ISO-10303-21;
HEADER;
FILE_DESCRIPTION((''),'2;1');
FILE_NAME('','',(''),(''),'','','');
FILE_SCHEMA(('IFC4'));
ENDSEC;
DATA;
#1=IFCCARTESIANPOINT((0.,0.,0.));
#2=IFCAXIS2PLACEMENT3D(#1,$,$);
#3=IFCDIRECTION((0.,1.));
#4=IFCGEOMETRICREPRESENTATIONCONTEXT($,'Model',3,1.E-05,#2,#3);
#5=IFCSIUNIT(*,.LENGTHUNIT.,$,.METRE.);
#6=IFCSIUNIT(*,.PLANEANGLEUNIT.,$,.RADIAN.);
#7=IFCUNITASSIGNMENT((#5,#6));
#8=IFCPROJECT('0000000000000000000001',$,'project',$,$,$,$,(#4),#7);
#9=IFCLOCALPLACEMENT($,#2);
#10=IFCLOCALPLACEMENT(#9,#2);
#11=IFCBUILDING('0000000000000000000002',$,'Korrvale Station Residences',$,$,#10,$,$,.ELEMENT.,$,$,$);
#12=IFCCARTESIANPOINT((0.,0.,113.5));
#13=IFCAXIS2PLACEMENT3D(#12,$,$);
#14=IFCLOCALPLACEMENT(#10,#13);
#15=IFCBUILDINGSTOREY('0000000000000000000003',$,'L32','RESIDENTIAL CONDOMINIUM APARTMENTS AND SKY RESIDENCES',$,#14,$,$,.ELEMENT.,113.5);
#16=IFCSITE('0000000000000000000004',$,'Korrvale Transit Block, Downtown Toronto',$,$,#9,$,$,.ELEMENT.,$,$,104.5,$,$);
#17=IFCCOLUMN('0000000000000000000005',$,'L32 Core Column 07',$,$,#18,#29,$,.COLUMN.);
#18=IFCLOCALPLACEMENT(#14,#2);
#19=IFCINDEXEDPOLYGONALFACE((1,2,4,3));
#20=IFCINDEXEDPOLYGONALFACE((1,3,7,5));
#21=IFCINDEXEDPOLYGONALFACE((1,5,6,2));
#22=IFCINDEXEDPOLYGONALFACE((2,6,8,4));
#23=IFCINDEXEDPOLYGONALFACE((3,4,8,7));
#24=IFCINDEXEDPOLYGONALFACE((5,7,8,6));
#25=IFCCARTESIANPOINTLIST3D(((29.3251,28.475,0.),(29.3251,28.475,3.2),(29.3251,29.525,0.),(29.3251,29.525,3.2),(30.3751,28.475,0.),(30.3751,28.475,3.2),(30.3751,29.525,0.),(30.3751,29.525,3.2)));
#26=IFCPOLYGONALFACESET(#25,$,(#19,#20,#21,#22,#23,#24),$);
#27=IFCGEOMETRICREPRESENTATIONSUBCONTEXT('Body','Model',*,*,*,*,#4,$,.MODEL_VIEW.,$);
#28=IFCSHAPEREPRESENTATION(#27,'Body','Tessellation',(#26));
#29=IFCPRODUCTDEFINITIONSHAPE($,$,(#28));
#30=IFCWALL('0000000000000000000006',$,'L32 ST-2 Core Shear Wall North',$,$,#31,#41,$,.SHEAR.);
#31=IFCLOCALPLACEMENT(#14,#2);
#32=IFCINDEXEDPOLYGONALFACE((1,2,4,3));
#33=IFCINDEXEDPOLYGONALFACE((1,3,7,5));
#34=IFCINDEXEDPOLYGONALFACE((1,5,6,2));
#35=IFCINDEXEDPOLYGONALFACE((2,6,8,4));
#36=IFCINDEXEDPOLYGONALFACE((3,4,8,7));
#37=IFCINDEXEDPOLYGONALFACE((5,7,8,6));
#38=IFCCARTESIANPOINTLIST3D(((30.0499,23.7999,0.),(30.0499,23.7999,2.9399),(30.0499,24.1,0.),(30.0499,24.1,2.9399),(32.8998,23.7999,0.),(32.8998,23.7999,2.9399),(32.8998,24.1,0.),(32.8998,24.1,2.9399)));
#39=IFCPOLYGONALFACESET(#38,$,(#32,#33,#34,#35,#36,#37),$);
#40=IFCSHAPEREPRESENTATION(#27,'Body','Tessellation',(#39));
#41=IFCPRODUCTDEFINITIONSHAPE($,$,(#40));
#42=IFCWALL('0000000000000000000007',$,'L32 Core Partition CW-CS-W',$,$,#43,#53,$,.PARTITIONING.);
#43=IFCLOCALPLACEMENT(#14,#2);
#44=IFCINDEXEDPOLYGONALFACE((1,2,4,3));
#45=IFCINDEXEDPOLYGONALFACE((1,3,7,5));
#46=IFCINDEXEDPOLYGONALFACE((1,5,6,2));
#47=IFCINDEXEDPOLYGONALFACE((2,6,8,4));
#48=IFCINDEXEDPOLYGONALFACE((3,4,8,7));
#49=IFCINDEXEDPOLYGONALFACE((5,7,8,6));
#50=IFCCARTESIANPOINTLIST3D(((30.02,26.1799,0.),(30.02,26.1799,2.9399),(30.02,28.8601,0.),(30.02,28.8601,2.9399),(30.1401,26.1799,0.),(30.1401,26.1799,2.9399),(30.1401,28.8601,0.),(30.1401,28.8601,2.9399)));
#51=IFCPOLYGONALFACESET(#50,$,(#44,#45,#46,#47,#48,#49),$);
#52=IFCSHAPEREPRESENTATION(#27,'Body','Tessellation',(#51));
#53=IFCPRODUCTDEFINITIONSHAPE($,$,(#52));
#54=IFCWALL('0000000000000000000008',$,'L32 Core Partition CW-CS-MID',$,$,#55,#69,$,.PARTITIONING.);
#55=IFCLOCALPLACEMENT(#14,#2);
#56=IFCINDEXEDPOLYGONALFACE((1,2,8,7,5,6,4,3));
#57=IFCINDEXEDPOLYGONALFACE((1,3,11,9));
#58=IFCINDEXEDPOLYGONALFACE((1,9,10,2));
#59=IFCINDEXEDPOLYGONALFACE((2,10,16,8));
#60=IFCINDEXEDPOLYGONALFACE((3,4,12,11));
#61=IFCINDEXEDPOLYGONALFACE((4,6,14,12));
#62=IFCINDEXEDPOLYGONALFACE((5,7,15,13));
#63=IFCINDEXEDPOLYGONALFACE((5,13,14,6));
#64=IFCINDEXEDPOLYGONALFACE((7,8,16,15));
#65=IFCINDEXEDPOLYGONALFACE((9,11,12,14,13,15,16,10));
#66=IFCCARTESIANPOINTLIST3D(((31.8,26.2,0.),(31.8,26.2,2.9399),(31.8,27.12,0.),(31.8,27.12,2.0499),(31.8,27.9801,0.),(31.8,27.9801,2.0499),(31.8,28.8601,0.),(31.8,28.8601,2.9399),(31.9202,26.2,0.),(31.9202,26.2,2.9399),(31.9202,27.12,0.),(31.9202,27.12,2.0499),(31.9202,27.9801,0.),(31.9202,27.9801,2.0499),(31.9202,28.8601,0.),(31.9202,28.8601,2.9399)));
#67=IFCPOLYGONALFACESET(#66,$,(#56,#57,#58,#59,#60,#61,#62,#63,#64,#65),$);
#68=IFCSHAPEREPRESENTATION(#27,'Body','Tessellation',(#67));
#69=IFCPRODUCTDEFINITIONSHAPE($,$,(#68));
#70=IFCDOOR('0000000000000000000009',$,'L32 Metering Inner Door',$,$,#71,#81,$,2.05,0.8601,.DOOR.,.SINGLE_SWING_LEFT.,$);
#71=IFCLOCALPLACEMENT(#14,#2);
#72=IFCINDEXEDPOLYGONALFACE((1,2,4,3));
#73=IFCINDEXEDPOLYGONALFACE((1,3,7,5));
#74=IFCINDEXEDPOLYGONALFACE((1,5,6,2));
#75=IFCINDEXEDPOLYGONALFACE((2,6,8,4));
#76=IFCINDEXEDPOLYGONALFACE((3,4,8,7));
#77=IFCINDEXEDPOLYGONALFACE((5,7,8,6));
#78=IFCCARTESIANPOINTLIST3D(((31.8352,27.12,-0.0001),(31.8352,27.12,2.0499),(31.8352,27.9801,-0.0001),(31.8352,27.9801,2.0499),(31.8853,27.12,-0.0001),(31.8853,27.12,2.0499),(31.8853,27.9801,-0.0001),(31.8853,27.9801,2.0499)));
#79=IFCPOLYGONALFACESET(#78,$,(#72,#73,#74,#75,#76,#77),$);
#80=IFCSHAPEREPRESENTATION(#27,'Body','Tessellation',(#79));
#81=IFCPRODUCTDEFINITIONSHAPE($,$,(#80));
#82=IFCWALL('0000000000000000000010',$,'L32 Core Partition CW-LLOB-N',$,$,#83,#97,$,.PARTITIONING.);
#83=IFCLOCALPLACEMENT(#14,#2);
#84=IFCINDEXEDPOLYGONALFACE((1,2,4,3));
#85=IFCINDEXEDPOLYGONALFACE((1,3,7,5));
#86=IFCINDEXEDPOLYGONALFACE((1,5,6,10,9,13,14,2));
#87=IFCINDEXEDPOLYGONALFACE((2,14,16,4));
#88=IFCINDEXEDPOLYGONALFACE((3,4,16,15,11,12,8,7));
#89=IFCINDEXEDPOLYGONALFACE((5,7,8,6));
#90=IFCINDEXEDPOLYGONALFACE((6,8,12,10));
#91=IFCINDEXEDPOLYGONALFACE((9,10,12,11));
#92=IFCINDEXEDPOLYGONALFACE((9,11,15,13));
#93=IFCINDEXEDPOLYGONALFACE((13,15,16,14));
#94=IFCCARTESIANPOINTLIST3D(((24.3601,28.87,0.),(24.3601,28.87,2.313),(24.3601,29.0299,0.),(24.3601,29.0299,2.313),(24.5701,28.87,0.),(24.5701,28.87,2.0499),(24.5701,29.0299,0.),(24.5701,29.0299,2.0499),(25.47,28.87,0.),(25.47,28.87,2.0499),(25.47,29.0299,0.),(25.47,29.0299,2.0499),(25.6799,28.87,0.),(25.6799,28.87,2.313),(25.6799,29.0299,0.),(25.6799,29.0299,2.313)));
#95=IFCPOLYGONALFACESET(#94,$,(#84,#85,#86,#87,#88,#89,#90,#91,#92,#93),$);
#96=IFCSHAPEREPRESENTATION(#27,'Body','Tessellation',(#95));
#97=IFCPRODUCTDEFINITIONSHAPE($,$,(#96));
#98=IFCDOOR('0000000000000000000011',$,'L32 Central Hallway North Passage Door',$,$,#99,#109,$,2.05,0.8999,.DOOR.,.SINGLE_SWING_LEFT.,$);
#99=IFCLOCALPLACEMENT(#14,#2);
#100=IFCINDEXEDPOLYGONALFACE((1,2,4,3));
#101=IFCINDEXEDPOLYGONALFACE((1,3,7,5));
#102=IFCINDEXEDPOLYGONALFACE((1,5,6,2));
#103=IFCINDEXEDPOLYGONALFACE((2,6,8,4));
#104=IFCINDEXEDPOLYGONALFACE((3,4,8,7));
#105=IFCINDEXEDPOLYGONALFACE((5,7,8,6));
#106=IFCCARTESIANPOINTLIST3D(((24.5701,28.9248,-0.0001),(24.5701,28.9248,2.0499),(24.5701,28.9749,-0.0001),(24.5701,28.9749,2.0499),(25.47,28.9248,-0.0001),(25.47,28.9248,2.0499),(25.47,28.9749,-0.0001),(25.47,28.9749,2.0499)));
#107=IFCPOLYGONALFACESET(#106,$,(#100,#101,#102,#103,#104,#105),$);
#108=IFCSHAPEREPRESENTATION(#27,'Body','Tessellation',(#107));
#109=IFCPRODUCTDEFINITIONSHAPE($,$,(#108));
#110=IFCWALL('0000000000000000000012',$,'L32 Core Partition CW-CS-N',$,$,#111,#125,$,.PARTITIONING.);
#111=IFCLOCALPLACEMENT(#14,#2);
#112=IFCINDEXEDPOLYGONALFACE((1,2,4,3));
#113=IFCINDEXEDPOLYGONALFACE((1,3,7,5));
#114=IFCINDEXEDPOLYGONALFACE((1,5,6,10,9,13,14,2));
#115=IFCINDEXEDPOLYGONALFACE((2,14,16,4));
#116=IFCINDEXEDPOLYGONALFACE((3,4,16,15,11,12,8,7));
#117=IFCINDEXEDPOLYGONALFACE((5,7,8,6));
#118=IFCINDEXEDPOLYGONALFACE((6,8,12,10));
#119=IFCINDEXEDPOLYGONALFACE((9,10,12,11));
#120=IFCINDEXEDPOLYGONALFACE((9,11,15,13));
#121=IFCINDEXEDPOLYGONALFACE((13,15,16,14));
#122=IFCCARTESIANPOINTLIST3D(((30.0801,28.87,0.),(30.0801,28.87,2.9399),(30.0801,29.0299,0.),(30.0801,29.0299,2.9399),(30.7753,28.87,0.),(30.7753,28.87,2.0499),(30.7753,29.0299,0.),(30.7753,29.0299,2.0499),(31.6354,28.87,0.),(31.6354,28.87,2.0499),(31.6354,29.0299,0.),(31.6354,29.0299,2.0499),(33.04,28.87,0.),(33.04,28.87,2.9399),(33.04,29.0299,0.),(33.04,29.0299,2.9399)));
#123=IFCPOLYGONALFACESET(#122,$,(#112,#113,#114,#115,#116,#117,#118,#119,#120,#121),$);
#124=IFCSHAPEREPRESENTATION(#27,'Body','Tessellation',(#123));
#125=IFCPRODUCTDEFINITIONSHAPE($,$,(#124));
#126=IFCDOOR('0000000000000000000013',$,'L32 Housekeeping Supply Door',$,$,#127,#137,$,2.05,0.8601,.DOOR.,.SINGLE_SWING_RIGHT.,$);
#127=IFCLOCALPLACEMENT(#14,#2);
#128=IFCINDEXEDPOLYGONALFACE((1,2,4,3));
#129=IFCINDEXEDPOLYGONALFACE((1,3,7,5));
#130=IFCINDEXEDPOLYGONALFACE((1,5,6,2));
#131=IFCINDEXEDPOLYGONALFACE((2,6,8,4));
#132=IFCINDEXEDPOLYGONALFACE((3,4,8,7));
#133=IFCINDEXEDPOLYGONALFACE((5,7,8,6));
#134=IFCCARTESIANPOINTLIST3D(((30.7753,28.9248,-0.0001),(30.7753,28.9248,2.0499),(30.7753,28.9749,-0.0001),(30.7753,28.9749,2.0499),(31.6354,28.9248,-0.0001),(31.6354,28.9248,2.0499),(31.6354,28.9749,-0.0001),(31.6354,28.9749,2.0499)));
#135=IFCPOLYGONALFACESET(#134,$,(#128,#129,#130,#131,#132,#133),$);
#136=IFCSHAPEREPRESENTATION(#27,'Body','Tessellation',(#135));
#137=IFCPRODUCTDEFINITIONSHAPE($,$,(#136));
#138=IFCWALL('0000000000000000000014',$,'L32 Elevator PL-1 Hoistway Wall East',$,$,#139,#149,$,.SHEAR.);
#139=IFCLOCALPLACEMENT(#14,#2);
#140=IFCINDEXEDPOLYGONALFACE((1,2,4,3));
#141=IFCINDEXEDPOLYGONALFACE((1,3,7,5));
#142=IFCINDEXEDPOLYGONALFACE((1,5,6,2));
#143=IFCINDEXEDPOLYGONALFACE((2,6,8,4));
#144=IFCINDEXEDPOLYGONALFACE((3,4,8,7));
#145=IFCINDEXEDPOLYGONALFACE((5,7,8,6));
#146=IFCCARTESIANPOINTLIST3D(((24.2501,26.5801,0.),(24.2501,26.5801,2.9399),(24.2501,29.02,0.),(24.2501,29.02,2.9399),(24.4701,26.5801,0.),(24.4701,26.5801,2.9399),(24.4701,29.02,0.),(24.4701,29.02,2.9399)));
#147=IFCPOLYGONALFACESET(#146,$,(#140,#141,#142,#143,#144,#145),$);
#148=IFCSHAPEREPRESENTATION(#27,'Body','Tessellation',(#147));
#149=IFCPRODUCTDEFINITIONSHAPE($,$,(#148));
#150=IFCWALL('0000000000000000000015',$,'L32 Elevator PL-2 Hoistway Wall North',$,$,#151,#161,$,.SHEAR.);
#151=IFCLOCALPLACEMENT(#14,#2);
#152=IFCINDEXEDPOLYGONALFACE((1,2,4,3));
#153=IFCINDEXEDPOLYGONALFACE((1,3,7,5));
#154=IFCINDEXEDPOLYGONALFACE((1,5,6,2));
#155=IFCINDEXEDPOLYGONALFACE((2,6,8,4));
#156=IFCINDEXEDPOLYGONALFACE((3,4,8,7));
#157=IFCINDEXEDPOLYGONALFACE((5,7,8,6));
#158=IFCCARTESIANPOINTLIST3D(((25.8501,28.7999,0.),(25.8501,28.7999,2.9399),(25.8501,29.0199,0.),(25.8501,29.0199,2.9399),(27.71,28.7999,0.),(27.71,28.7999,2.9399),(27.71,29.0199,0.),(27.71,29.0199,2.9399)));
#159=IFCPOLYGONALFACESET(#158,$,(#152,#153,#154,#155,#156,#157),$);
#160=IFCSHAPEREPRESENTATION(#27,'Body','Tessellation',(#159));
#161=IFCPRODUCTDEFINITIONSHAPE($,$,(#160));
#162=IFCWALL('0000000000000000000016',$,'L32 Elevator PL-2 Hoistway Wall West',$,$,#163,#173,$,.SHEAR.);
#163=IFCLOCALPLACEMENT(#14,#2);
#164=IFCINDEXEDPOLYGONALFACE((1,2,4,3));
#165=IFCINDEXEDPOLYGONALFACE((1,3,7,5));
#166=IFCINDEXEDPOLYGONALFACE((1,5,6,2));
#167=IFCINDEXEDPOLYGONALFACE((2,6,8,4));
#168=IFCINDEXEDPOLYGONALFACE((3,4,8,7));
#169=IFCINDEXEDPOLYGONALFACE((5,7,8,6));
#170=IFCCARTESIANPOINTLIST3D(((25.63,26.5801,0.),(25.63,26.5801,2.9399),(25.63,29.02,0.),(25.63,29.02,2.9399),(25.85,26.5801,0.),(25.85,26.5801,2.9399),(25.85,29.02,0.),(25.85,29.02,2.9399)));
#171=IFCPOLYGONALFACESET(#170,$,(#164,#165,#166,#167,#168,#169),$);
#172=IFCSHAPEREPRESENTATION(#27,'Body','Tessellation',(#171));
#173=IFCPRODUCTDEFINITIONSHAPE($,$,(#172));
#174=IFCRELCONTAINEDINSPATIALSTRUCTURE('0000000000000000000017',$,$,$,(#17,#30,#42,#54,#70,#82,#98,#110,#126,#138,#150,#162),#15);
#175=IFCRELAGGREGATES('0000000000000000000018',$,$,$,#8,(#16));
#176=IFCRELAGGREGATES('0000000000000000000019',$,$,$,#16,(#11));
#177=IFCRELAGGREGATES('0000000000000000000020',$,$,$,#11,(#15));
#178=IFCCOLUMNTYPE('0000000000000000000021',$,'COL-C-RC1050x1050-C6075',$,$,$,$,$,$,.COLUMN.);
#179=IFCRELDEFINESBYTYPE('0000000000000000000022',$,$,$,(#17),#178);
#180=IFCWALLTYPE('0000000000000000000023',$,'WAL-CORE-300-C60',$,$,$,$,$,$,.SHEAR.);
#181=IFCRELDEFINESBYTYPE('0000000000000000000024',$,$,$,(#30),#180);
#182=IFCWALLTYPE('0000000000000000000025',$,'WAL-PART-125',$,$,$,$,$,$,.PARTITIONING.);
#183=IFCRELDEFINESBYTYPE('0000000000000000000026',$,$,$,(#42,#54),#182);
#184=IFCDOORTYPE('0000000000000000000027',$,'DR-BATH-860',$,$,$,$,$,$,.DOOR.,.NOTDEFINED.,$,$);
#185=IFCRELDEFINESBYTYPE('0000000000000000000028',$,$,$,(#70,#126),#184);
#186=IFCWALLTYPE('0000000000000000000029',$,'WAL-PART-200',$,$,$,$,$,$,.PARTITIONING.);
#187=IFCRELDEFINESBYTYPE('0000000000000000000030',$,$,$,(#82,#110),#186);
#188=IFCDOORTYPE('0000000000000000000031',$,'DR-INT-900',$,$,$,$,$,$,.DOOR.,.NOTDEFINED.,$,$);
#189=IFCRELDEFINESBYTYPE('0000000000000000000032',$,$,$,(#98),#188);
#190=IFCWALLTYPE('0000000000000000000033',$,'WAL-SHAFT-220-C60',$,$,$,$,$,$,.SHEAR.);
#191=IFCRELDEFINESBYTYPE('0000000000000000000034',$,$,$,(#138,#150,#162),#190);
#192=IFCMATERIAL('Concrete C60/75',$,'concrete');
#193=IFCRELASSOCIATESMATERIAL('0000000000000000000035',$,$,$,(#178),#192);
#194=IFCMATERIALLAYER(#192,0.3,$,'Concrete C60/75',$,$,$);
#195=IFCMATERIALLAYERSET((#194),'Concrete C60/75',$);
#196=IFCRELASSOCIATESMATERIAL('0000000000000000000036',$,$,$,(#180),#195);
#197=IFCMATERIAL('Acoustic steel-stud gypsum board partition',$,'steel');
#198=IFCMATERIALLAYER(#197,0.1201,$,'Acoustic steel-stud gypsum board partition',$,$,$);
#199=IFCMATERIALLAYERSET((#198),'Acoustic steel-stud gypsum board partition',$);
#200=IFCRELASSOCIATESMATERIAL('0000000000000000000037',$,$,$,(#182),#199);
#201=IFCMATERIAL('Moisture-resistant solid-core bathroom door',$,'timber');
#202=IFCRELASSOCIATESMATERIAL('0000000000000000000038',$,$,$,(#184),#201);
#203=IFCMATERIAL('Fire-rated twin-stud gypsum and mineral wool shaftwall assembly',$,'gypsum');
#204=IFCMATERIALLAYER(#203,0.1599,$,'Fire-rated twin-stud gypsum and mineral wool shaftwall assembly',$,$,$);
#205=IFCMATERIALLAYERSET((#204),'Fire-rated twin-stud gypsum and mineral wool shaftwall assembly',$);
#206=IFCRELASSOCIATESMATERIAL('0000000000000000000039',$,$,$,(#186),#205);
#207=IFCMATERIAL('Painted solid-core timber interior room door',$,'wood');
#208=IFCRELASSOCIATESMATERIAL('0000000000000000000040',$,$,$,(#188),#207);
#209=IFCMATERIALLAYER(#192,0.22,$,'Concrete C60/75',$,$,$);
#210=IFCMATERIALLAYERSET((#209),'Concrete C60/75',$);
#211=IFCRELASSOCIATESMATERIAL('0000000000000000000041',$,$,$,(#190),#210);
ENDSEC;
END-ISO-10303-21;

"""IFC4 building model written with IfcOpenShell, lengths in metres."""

from ifc_helpers import new_model, si_unit, direction, frame, frame_2d, origin, origin_2d, place, context, subcontext, project, spatial, rectangle, extrude, material, layer, layer_set, material_profile, profile_set, type_object, element, fill, save


model = new_model("IFC4")

# Units and contexts
model_context = context("Model", 3, precision=1e-05, world=origin(), true_north=direction((0.0, 1.0)))
body_context = subcontext(model_context, "Body", "Model", "MODEL_VIEW")
ifc_project = project(units=[si_unit("LENGTHUNIT", "METRE"), si_unit("PLANEANGLEUNIT", "RADIAN")], contexts=[model_context])

# Site, building, storey
site_placement = place(None, origin())
site = spatial("IfcSite", under=ifc_project, at=site_placement, Name="Korrvale Transit Block, Downtown Toronto", CompositionType="ELEMENT", RefElevation=104.5)
building_placement = place(site_placement, origin())
building = spatial("IfcBuilding", under=site, at=building_placement, Name="Korrvale Station Residences", CompositionType="ELEMENT")
storey_placement = place(building_placement, frame((0.0, 0.0, 113.5)))
storey = spatial("IfcBuildingStorey", under=building, at=storey_placement, Name="L32", Description="RESIDENTIAL CONDOMINIUM APARTMENTS AND SKY RESIDENCES", CompositionType="ELEMENT", Elevation=113.5)

# Column
ifc_material_1 = material(Name="Concrete C60/75", Category="concrete")
ifc_material_profile = material_profile(ifc_material_1, rectangle(XDim=1.05, YDim=1.05, at=origin_2d()), Name="RC1050x1050")
ifc_profile_set = profile_set([ifc_material_profile], Name="Concrete C60/75")
column_type = type_object("IfcColumnType", Name="COL-C-RC1050x1050-C6075", PredefinedType="COLUMN", material=ifc_profile_set)
column_placement = place(storey_placement, frame((29.8501, 29.0, 0.0), z_axis=(0.0, 0.0, 1.0), x_axis=(1.0, 0.0, 0.0)))
element("IfcColumn", 1, at=column_placement, inside=storey, type_object=column_type, Name="L32 Core Column 07", PredefinedType="COLUMN", context=body_context, shape_type="SweptSolid", body=[
    extrude(rectangle(XDim=1.05, YDim=1.05, at=origin_2d()), origin(), (0.0, 0.0, 1.0), 3.2),
])

# Walls
ifc_layer_1 = layer(ifc_material_1, 0.3, Name="Concrete C60/75")
ifc_layer_set_1 = layer_set([ifc_layer_1], Name="Concrete C60/75")
wall_type_1 = type_object("IfcWallType", Name="WAL-CORE-300-C60", PredefinedType="SHEAR", material=ifc_layer_set_1)
wall_1_placement = place(storey_placement, frame((30.05, 23.95, 0.0), z_axis=(0.0, 0.0, 1.0), x_axis=(1.0, 0.0, 0.0)))
element("IfcWall", 2, at=wall_1_placement, inside=storey, type_object=wall_type_1, Name="L32 ST-2 Core Shear Wall North", PredefinedType="SHEAR", context=body_context, shape_type="SweptSolid", body=[
    extrude(rectangle(XDim=2.8499, YDim=0.3, at=frame_2d((1.4248, 0.0))), origin(), (0.0, 0.0, 1.0), 2.9399),
])
ifc_material_2 = material(Name="Acoustic steel-stud gypsum board partition", Category="steel")
ifc_layer_2 = layer(ifc_material_2, 0.1201, Name="Acoustic steel-stud gypsum board partition")
ifc_layer_set_2 = layer_set([ifc_layer_2], Name="Acoustic steel-stud gypsum board partition")
wall_type_2 = type_object("IfcWallType", Name="WAL-PART-125", PredefinedType="PARTITIONING", material=ifc_layer_set_2)
wall_2_placement = place(storey_placement, frame((30.0801, 26.1799, 0.0), z_axis=(0.0, 0.0, 1.0), x_axis=(0.0, 1.0, 0.0)))
element("IfcWall", 3, at=wall_2_placement, inside=storey, type_object=wall_type_2, Name="L32 Core Partition CW-CS-W", PredefinedType="PARTITIONING", context=body_context, shape_type="SweptSolid", body=[
    extrude(rectangle(XDim=2.6802, YDim=0.1201, at=frame_2d((1.3401, 0.0))), origin(), (0.0, 0.0, 1.0), 2.9399),
])

# Walls, openings, doors
wall_3_placement = place(storey_placement, frame((31.8601, 26.2, 0.0), z_axis=(0.0, 0.0, 1.0), x_axis=(0.0, 1.0, 0.0)))
wall_3 = element("IfcWall", 4, at=wall_3_placement, inside=storey, type_object=wall_type_2, Name="L32 Core Partition CW-CS-MID", PredefinedType="PARTITIONING", context=body_context, shape_type="SweptSolid", body=[
    extrude(rectangle(XDim=2.6602, YDim=0.1201, at=frame_2d((1.3301, 0.0))), origin(), (0.0, 0.0, 1.0), 2.9399),
])
opening_1_placement = place(wall_3_placement, frame((0.9199, 0.0, 0.0)))
opening_1 = element("IfcOpeningElement", 5, at=opening_1_placement, cuts=wall_3, PredefinedType="OPENING", context=body_context, shape_type="SweptSolid", body=[
    extrude(rectangle(XDim=0.8601, YDim=2.05, at=frame_2d((0.4302, 1.0249))), frame((0.0, 0.0701, 0.0), z_axis=(0.0, -1.0, 0.0), x_axis=(1.0, 0.0, 0.0)), (0.0, 0.0, 1.0), 0.1401),
])
ifc_material_3 = material(Name="Moisture-resistant solid-core bathroom door", Category="timber")
door_type_1 = type_object("IfcDoorType", Name="DR-BATH-860", OperationType="NOTDEFINED", PredefinedType="DOOR", material=ifc_material_3)
door_1_placement = place(opening_1_placement, origin())
door_1 = element("IfcDoor", 6, at=door_1_placement, inside=storey, type_object=door_type_1, Name="L32 Metering Inner Door", OperationType="SINGLE_SWING_LEFT", OverallHeight=2.05, OverallWidth=0.8601, PredefinedType="DOOR", context=body_context, shape_type="SweptSolid", body=[
    extrude(rectangle(XDim=0.8601, YDim=2.05, at=frame_2d((0.4302, 1.0249))), frame((0.0, 0.0249, 0.0), z_axis=(0.0, -1.0, 0.0), x_axis=(1.0, 0.0, 0.0)), (0.0, 0.0, 1.0), 0.05),
])
fill(opening_1, door_1)
ifc_material_4 = material(Name="Fire-rated twin-stud gypsum and mineral wool shaftwall assembly", Category="gypsum")
ifc_layer_3 = layer(ifc_material_4, 0.1599, Name="Fire-rated twin-stud gypsum and mineral wool shaftwall assembly")
ifc_layer_set_3 = layer_set([ifc_layer_3], Name="Fire-rated twin-stud gypsum and mineral wool shaftwall assembly")
wall_type_3 = type_object("IfcWallType", Name="WAL-PART-200", PredefinedType="PARTITIONING", material=ifc_layer_set_3)
wall_4_placement = place(storey_placement, frame((24.3601, 28.95, 0.0), z_axis=(0.0, 0.0, 1.0), x_axis=(1.0, 0.0, 0.0)))
wall_4 = element("IfcWall", 7, at=wall_4_placement, inside=storey, type_object=wall_type_3, Name="L32 Core Partition CW-LLOB-N", PredefinedType="PARTITIONING", context=body_context, shape_type="SweptSolid", body=[
    extrude(rectangle(XDim=1.3198, YDim=0.1599, at=frame_2d((0.6599, 0.0))), origin(), (0.0, 0.0, 1.0), 2.313),
])
opening_2_placement = place(wall_4_placement, frame((0.21, 0.0, 0.0)))
opening_2 = element("IfcOpeningElement", 8, at=opening_2_placement, cuts=wall_4, PredefinedType="OPENING", context=body_context, shape_type="SweptSolid", body=[
    extrude(rectangle(XDim=0.8999, YDim=2.05, at=frame_2d((0.45, 1.0249))), frame((0.0, 0.0898, 0.0), z_axis=(0.0, -1.0, 0.0), x_axis=(1.0, 0.0, 0.0)), (0.0, 0.0, 1.0), 0.1799),
])
ifc_material_5 = material(Name="Painted solid-core timber interior room door", Category="wood")
door_type_2 = type_object("IfcDoorType", Name="DR-INT-900", OperationType="NOTDEFINED", PredefinedType="DOOR", material=ifc_material_5)
door_2_placement = place(opening_2_placement, origin())
door_2 = element("IfcDoor", 9, at=door_2_placement, inside=storey, type_object=door_type_2, Name="L32 Central Hallway North Passage Door", OperationType="SINGLE_SWING_LEFT", OverallHeight=2.05, OverallWidth=0.8999, PredefinedType="DOOR", context=body_context, shape_type="SweptSolid", body=[
    extrude(rectangle(XDim=0.8999, YDim=2.05, at=frame_2d((0.45, 1.0249))), frame((0.0, 0.0249, 0.0), z_axis=(0.0, -1.0, 0.0), x_axis=(1.0, 0.0, 0.0)), (0.0, 0.0, 1.0), 0.05),
])
fill(opening_2, door_2)
wall_5_placement = place(storey_placement, frame((30.0801, 28.95, 0.0), z_axis=(0.0, 0.0, 1.0), x_axis=(1.0, 0.0, 0.0)))
wall_5 = element("IfcWall", 10, at=wall_5_placement, inside=storey, type_object=wall_type_3, Name="L32 Core Partition CW-CS-N", PredefinedType="PARTITIONING", context=body_context, shape_type="SweptSolid", body=[
    extrude(rectangle(XDim=2.96, YDim=0.1599, at=frame_2d((1.48, 0.0))), origin(), (0.0, 0.0, 1.0), 2.9399),
])
opening_3_placement = place(wall_5_placement, frame((0.6951, 0.0, 0.0)))
opening_3 = element("IfcOpeningElement", 11, at=opening_3_placement, cuts=wall_5, PredefinedType="OPENING", context=body_context, shape_type="SweptSolid", body=[
    extrude(rectangle(XDim=0.8601, YDim=2.05, at=frame_2d((0.4302, 1.0249))), frame((0.0, 0.0898, 0.0), z_axis=(0.0, -1.0, 0.0), x_axis=(1.0, 0.0, 0.0)), (0.0, 0.0, 1.0), 0.1799),
])
door_3_placement = place(opening_3_placement, origin())
door_3 = element("IfcDoor", 12, at=door_3_placement, inside=storey, type_object=door_type_1, Name="L32 Housekeeping Supply Door", OperationType="SINGLE_SWING_RIGHT", OverallHeight=2.05, OverallWidth=0.8601, PredefinedType="DOOR", context=body_context, shape_type="SweptSolid", body=[
    extrude(rectangle(XDim=0.8601, YDim=2.05, at=frame_2d((0.4302, 1.0249))), frame((0.0, 0.0249, 0.0), z_axis=(0.0, -1.0, 0.0), x_axis=(1.0, 0.0, 0.0)), (0.0, 0.0, 1.0), 0.05),
])
fill(opening_3, door_3)

# Wall
ifc_layer_4 = layer(ifc_material_1, 0.22, Name="Concrete C60/75")
ifc_layer_set_4 = layer_set([ifc_layer_4], Name="Concrete C60/75")
wall_type_4 = type_object("IfcWallType", Name="WAL-SHAFT-220-C60", PredefinedType="SHEAR", material=ifc_layer_set_4)
wall_6_placement = place(storey_placement, frame((24.3601, 26.5801, 0.0), z_axis=(0.0, 0.0, 1.0), x_axis=(0.0, 1.0, 0.0)))
element("IfcWall", 13, at=wall_6_placement, inside=storey, type_object=wall_type_4, Name="L32 Elevator PL-1 Hoistway Wall East", PredefinedType="SHEAR", context=body_context, shape_type="SweptSolid", body=[
    extrude(rectangle(XDim=2.4399, YDim=0.22, at=frame_2d((1.22, 0.0))), origin(), (0.0, 0.0, 1.0), 2.9399),
])

# Walls
wall_7_placement = place(storey_placement, frame((25.8501, 28.9099, 0.0), z_axis=(0.0, 0.0, 1.0), x_axis=(1.0, 0.0, 0.0)))
element("IfcWall", 14, at=wall_7_placement, inside=storey, type_object=wall_type_4, Name="L32 Elevator PL-2 Hoistway Wall North", PredefinedType="SHEAR", context=body_context, shape_type="SweptSolid", body=[
    extrude(rectangle(XDim=1.8599, YDim=0.22, at=frame_2d((0.9299, 0.0))), origin(), (0.0, 0.0, 1.0), 2.9399),
])
for number, where, z_axis, x_axis, name in (
    (15, (25.74, 26.5801, 0.0), (0.0, 0.0, 1.0), (0.0, 1.0, 0.0), "L32 Elevator PL-2 Hoistway Wall West"),
):
    element("IfcWall", number, at=place(storey_placement, frame(where, z_axis=z_axis, x_axis=x_axis)), inside=storey, type_object=wall_type_4, Name=name, PredefinedType="SHEAR", context=body_context, shape_type="SweptSolid", body=[
        extrude(rectangle(XDim=2.4399, YDim=0.22, at=frame_2d((1.22, 0.0))), origin(), (0.0, 0.0, 1.0), 2.9399),
    ])

save(model, "model.ifc")
